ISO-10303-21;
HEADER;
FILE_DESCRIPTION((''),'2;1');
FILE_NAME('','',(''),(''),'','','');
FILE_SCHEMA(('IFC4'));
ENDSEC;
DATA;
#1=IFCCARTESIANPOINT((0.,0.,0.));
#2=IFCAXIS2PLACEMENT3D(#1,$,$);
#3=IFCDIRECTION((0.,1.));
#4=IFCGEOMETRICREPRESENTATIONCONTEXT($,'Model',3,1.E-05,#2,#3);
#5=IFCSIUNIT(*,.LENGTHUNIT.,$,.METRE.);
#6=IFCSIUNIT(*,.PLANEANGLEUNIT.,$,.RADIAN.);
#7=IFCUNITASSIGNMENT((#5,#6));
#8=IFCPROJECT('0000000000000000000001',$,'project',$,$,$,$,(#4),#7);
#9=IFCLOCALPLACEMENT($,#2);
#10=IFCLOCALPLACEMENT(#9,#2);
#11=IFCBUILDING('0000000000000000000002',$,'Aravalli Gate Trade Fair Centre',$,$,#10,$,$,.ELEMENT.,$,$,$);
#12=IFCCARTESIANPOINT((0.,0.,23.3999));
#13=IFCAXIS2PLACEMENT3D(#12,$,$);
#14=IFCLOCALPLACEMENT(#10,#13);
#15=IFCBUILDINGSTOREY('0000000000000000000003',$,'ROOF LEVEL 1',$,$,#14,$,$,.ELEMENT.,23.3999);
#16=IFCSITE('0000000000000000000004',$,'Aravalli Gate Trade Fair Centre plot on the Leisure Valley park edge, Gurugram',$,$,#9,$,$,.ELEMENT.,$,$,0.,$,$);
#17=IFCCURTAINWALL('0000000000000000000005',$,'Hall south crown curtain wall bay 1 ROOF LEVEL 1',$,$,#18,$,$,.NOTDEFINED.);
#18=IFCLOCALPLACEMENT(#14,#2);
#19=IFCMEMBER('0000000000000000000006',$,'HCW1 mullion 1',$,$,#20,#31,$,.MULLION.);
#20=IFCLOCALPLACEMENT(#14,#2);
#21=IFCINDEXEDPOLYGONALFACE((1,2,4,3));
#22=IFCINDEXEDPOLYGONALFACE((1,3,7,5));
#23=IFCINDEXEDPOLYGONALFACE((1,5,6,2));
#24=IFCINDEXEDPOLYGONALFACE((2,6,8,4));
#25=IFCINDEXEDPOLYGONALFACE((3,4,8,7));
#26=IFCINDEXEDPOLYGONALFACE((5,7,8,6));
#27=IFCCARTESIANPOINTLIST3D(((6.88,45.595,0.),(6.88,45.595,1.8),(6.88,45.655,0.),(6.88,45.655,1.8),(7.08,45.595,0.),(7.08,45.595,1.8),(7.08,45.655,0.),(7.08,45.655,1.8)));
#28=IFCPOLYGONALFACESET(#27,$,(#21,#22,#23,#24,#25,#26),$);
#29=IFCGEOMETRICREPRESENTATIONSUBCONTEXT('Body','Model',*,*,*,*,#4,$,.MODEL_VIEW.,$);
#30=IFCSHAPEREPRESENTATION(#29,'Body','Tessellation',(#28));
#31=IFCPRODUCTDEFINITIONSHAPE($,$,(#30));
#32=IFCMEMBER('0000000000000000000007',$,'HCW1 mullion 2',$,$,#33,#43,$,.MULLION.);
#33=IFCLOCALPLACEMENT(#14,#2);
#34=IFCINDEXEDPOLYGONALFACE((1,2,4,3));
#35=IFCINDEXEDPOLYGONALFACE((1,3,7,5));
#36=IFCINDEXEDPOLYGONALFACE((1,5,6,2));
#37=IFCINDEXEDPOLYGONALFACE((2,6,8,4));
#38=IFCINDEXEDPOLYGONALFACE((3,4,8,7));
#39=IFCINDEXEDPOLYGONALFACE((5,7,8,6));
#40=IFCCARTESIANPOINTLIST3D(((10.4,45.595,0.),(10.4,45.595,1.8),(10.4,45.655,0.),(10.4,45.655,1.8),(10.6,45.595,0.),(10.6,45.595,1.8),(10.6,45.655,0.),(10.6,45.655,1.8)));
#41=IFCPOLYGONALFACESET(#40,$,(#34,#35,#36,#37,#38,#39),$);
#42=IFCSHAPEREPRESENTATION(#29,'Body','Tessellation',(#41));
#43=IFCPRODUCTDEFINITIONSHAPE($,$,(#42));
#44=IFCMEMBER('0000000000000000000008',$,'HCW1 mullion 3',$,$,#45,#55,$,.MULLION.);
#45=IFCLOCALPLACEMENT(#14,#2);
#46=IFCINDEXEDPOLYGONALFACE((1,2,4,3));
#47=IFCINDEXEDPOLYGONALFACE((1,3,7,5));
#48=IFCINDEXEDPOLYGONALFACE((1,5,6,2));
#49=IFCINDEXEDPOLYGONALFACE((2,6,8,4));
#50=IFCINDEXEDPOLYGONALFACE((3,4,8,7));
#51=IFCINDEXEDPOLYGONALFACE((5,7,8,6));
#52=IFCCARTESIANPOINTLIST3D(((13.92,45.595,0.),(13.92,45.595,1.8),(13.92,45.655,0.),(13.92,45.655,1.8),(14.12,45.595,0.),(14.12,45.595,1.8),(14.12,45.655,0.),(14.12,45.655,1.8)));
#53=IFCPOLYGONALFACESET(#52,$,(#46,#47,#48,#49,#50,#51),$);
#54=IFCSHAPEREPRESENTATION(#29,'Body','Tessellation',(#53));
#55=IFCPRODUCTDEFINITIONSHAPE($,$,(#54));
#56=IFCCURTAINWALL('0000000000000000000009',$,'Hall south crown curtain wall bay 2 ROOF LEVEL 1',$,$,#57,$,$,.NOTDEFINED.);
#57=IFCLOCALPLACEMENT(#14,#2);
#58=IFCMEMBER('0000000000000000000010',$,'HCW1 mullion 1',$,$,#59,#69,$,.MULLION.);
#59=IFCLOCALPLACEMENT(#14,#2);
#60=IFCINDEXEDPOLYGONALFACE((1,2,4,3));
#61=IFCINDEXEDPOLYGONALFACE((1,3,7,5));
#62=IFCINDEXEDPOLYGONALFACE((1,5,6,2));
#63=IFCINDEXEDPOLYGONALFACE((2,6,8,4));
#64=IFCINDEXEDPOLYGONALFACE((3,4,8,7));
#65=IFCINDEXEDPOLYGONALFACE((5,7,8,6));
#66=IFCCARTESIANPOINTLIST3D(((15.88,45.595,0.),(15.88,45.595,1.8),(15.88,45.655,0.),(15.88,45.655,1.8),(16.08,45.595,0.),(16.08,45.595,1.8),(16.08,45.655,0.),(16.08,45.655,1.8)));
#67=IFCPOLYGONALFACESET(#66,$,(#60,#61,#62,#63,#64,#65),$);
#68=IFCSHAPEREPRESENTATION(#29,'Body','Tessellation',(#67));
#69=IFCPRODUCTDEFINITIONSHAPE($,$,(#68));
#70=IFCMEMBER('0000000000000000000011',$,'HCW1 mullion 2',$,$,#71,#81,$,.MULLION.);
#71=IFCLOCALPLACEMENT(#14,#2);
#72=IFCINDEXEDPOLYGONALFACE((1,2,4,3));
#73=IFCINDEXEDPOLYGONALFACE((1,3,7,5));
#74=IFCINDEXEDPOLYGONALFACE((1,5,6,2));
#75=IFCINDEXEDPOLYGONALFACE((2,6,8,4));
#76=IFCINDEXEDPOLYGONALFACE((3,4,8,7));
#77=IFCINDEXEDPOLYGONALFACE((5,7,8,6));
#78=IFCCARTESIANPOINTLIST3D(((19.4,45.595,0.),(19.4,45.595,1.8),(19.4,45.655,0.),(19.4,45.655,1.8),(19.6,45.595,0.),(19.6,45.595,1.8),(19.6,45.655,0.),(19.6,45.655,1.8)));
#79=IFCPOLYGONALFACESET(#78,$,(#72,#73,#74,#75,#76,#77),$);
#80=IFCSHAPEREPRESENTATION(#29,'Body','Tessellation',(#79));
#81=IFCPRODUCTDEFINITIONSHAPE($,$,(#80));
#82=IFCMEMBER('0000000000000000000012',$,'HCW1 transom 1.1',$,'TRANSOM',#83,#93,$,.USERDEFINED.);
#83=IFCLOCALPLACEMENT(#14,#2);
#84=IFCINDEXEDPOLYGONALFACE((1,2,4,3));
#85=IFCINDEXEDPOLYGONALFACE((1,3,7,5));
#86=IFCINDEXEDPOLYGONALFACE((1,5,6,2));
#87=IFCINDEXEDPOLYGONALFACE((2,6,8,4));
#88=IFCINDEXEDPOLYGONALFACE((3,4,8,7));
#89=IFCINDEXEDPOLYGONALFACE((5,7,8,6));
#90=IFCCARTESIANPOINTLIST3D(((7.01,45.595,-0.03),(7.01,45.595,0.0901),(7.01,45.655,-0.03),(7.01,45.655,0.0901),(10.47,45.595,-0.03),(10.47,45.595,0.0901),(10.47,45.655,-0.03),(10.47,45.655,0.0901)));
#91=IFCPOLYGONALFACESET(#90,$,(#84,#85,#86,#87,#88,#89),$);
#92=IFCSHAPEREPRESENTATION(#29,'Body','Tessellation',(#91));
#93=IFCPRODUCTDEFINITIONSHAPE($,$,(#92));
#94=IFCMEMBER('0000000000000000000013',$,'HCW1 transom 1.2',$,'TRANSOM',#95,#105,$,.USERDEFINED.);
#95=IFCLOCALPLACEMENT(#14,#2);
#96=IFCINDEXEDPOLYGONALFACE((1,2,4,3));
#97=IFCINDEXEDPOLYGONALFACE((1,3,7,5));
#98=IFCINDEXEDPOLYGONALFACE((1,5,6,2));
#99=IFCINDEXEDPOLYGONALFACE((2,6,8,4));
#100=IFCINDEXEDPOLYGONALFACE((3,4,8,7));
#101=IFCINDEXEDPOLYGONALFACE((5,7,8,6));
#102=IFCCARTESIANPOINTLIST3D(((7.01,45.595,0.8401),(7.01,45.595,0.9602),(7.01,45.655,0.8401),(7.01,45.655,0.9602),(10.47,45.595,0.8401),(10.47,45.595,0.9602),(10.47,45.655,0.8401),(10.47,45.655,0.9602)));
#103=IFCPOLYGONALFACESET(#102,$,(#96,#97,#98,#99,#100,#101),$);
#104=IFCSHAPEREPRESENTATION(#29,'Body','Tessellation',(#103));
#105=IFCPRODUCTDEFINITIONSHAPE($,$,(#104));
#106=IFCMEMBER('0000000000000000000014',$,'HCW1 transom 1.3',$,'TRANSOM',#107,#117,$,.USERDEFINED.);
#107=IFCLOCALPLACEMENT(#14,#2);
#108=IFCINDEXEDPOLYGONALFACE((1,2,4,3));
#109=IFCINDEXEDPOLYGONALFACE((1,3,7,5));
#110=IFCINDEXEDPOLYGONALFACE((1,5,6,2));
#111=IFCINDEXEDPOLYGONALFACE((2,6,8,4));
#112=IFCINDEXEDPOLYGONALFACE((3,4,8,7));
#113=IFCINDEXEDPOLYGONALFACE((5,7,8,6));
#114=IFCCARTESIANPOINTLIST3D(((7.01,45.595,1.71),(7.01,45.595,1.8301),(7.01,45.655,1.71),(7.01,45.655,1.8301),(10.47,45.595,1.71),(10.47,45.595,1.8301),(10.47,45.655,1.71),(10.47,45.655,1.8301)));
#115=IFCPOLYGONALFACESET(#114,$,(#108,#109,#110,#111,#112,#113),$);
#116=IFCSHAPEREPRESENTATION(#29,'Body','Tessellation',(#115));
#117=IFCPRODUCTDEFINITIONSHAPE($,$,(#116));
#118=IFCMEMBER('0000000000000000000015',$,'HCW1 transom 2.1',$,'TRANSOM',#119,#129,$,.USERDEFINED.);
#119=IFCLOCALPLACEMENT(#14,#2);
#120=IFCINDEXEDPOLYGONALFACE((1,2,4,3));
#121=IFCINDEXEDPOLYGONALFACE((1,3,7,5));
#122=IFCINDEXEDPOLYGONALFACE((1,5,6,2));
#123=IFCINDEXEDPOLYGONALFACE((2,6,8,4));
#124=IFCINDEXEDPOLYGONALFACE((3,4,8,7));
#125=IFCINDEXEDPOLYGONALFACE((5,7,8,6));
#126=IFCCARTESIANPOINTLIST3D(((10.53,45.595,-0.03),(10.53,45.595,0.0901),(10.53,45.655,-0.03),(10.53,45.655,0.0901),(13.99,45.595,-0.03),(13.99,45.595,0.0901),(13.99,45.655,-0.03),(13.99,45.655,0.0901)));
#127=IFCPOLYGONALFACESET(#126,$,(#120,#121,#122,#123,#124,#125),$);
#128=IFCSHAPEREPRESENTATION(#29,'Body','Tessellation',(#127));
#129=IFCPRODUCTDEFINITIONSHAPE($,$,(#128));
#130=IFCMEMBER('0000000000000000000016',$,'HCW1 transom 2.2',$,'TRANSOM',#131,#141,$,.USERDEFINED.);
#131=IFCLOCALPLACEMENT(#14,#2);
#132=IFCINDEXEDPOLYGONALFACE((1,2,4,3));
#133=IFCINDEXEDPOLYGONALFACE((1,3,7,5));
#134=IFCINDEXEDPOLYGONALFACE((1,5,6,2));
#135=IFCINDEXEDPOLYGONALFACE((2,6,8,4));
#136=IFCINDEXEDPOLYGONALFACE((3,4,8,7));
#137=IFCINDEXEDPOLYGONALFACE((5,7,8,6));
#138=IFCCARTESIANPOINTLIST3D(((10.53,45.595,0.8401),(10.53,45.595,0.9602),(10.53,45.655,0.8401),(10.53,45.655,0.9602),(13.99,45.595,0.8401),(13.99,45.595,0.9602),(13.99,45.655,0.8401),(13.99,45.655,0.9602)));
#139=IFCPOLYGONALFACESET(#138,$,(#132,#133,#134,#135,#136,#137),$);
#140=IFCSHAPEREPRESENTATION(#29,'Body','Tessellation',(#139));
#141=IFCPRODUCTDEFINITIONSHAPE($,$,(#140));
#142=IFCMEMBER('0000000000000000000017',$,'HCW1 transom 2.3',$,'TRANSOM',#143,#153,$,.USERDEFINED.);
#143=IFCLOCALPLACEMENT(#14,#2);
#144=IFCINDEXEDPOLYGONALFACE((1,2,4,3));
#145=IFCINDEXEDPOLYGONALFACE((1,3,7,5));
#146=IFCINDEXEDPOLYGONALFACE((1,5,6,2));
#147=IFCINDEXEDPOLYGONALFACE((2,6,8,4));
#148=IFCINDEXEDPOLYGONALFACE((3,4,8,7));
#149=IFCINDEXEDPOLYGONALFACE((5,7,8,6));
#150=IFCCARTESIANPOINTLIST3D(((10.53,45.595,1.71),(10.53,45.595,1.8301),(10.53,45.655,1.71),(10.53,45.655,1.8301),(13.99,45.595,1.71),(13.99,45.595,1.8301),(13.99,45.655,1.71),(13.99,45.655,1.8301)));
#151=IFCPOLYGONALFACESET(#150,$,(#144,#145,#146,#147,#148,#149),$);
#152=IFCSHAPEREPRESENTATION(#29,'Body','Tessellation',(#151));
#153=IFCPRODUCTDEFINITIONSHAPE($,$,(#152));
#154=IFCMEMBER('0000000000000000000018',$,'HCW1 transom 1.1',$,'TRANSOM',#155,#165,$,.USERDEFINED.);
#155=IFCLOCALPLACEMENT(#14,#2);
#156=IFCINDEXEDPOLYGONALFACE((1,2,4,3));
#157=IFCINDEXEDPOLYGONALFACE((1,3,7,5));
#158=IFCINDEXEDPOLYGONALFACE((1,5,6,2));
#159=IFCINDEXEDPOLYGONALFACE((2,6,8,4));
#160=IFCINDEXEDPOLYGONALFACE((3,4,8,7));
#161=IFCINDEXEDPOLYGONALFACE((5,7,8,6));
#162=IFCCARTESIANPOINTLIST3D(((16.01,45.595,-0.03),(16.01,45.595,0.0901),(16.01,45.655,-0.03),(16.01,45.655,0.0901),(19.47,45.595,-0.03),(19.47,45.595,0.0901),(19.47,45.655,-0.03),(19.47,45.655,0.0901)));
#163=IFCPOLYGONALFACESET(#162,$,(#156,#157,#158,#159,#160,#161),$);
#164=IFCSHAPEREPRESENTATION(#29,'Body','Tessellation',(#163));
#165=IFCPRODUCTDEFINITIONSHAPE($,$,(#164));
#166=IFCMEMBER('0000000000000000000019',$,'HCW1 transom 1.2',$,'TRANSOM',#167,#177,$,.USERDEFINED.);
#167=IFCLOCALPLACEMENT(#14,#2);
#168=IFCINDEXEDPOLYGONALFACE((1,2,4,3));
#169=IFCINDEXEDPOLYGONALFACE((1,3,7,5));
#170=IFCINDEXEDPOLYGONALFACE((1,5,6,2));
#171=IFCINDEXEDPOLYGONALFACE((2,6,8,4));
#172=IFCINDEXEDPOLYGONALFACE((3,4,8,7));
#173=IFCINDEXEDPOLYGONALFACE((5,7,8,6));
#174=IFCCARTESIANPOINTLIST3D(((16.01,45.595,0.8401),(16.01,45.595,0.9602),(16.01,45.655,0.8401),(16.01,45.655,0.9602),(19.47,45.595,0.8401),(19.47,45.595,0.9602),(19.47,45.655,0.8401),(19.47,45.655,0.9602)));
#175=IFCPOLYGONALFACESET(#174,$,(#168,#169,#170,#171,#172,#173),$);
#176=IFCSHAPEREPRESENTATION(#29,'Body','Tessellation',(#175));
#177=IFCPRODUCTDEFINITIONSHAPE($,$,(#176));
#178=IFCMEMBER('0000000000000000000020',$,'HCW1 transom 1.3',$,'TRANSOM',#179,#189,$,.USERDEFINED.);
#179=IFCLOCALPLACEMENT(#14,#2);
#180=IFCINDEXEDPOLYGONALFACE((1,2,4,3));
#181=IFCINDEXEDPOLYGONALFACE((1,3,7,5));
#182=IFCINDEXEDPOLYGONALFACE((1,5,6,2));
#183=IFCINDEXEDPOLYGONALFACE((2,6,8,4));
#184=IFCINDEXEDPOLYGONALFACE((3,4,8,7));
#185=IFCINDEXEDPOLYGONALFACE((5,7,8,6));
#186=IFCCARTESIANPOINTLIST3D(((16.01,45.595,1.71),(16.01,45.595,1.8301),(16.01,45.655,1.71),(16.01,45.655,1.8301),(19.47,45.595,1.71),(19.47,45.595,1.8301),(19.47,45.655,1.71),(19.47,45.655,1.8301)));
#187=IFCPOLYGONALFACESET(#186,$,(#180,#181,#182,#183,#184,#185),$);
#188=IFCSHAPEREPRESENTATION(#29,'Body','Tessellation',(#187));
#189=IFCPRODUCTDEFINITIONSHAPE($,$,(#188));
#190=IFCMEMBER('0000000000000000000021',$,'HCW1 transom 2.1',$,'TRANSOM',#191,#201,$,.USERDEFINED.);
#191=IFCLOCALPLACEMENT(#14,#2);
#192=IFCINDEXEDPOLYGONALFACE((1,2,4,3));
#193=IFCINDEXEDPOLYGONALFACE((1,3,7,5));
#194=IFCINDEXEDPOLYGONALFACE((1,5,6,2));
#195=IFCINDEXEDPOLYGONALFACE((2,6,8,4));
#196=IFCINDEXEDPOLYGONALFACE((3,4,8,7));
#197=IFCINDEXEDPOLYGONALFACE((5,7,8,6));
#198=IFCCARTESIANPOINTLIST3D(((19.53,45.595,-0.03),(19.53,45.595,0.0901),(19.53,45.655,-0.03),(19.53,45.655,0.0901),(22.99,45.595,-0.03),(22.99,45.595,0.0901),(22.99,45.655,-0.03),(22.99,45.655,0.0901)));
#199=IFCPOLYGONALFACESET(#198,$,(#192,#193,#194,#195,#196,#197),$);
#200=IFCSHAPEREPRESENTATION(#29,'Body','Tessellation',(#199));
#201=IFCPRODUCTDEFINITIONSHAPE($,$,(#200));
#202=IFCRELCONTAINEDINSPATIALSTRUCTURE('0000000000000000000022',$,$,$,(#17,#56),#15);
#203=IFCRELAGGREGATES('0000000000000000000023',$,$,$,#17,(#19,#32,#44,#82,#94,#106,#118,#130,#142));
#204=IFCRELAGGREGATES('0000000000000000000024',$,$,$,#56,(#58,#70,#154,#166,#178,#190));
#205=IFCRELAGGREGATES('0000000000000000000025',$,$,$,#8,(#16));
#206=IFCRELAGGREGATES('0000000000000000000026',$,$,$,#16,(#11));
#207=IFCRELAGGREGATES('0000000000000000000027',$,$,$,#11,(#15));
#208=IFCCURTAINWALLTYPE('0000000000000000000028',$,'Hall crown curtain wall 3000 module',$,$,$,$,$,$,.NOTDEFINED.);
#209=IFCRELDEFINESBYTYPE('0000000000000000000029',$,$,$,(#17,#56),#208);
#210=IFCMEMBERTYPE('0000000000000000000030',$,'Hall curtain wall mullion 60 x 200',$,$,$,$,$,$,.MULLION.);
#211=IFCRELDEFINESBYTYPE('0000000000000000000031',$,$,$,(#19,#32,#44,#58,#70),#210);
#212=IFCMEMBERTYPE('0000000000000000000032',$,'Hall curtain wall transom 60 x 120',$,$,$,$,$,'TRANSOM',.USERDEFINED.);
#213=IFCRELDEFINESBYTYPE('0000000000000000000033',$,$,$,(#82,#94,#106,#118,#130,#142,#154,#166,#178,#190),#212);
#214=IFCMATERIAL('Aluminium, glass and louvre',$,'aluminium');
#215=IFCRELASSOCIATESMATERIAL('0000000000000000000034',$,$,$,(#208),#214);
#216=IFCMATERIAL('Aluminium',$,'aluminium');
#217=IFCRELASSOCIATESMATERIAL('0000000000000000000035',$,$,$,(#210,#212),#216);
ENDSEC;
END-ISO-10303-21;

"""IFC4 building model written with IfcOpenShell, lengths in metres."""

from ifc_helpers import new_model, si_unit, direction, frame, origin, origin_2d, place, context, subcontext, project, spatial, rectangle, extrude, material, material_profile, profile_set, type_object, element, aggregate, save


model = new_model("IFC4")

# Units and contexts
model_context = context("Model", 3, precision=1e-05, world=origin(), true_north=direction((0.0, 1.0)))
body_context = subcontext(model_context, "Body", "Model", "MODEL_VIEW")
ifc_project = project(units=[si_unit("LENGTHUNIT", "METRE"), si_unit("PLANEANGLEUNIT", "RADIAN")], contexts=[model_context])

# Site, building, storey
site_placement = place(None, origin())
site = spatial("IfcSite", under=ifc_project, at=site_placement, Name="Aravalli Gate Trade Fair Centre plot on the Leisure Valley park edge, Gurugram", CompositionType="ELEMENT", RefElevation=0.0)
building_placement = place(site_placement, origin())
building = spatial("IfcBuilding", under=site, at=building_placement, Name="Aravalli Gate Trade Fair Centre", CompositionType="ELEMENT")
storey_placement = place(building_placement, frame((0.0, 0.0, 23.3999)))
storey = spatial("IfcBuildingStorey", under=building, at=storey_placement, Name="ROOF LEVEL 1", CompositionType="ELEMENT", Elevation=23.3999)

# Curtain walls, members
ifc_material_1 = material(Name="Aluminium, glass and louvre", Category="aluminium")
curtain_wall_type = type_object("IfcCurtainWallType", Name="Hall crown curtain wall 3000 module", PredefinedType="NOTDEFINED", material=ifc_material_1)
curtain_wall_1_placement = place(storey_placement, origin())
curtain_wall_1 = element("IfcCurtainWall", 1, at=curtain_wall_1_placement, inside=storey, type_object=curtain_wall_type, Name="Hall south crown curtain wall bay 1 ROOF LEVEL 1", PredefinedType="NOTDEFINED")
ifc_material_2 = material(Name="Aluminium", Category="aluminium")
ifc_material_profile_1 = material_profile(ifc_material_2, rectangle(XDim=0.0601, YDim=0.2, at=origin_2d()), Name="Hall curtain wall mullion 60 x 200")
ifc_profile_set_1 = profile_set([ifc_material_profile_1], Name="Aluminium")
member_type_1 = type_object("IfcMemberType", Name="Hall curtain wall mullion 60 x 200", PredefinedType="MULLION", material=ifc_profile_set_1)
member_1_placement = place(storey_placement, frame((6.98, 45.625, 0.0), z_axis=(0.0, 0.0, 1.0), x_axis=(0.0, 1.0, 0.0)))
member_1 = element("IfcMember", 2, at=member_1_placement, type_object=member_type_1, Name="HCW1 mullion 1", PredefinedType="MULLION", context=body_context, shape_type="SweptSolid", body=[
    extrude(rectangle(XDim=0.0601, YDim=0.2, at=origin_2d()), origin(), (0.0, 0.0, 1.0), 1.8),
])
member_2_placement = place(storey_placement, frame((10.5, 45.625, 0.0), z_axis=(0.0, 0.0, 1.0), x_axis=(0.0, 1.0, 0.0)))
member_2 = element("IfcMember", 3, at=member_2_placement, type_object=member_type_1, Name="HCW1 mullion 2", PredefinedType="MULLION", context=body_context, shape_type="SweptSolid", body=[
    extrude(rectangle(XDim=0.0601, YDim=0.2, at=origin_2d()), origin(), (0.0, 0.0, 1.0), 1.8),
])
member_3_placement = place(storey_placement, frame((14.02, 45.625, 0.0), z_axis=(0.0, 0.0, 1.0), x_axis=(0.0, 1.0, 0.0)))
member_3 = element("IfcMember", 4, at=member_3_placement, type_object=member_type_1, Name="HCW1 mullion 3", PredefinedType="MULLION", context=body_context, shape_type="SweptSolid", body=[
    extrude(rectangle(XDim=0.0601, YDim=0.2, at=origin_2d()), origin(), (0.0, 0.0, 1.0), 1.8),
])
curtain_wall_2_placement = place(storey_placement, origin())
curtain_wall_2 = element("IfcCurtainWall", 5, at=curtain_wall_2_placement, inside=storey, type_object=curtain_wall_type, Name="Hall south crown curtain wall bay 2 ROOF LEVEL 1", PredefinedType="NOTDEFINED")
member_4_placement = place(storey_placement, frame((15.98, 45.625, 0.0), z_axis=(0.0, 0.0, 1.0), x_axis=(0.0, 1.0, 0.0)))
member_4 = element("IfcMember", 6, at=member_4_placement, type_object=member_type_1, Name="HCW1 mullion 1", PredefinedType="MULLION", context=body_context, shape_type="SweptSolid", body=[
    extrude(rectangle(XDim=0.0601, YDim=0.2, at=origin_2d()), origin(), (0.0, 0.0, 1.0), 1.8),
])
member_5_placement = place(storey_placement, frame((19.5, 45.625, 0.0), z_axis=(0.0, 0.0, 1.0), x_axis=(0.0, 1.0, 0.0)))
member_5 = element("IfcMember", 7, at=member_5_placement, type_object=member_type_1, Name="HCW1 mullion 2", PredefinedType="MULLION", context=body_context, shape_type="SweptSolid", body=[
    extrude(rectangle(XDim=0.0601, YDim=0.2, at=origin_2d()), origin(), (0.0, 0.0, 1.0), 1.8),
])

# Members
ifc_material_profile_2 = material_profile(ifc_material_2, rectangle(XDim=0.0601, YDim=0.1201, at=origin_2d()), Name="Hall curtain wall transom 60 x 120")
ifc_profile_set_2 = profile_set([ifc_material_profile_2], Name="Aluminium")
member_type_2 = type_object("IfcMemberType", Name="Hall curtain wall transom 60 x 120", ElementType="TRANSOM", PredefinedType="USERDEFINED", material=ifc_profile_set_2)
member_6_placement = place(storey_placement, frame((7.01, 45.625, 0.03), z_axis=(1.0, 0.0, 0.0), x_axis=(0.0, 1.0, 0.0)))
member_6 = element("IfcMember", 8, at=member_6_placement, type_object=member_type_2, Name="HCW1 transom 1.1", ObjectType="TRANSOM", PredefinedType="USERDEFINED", context=body_context, shape_type="SweptSolid", body=[
    extrude(rectangle(XDim=0.0601, YDim=0.1201, at=origin_2d()), origin(), (0.0, 0.0, 1.0), 3.46),
])
member_7_placement = place(storey_placement, frame((7.01, 45.625, 0.9001), z_axis=(1.0, 0.0, 0.0), x_axis=(0.0, 1.0, 0.0)))
member_7 = element("IfcMember", 9, at=member_7_placement, type_object=member_type_2, Name="HCW1 transom 1.2", ObjectType="TRANSOM", PredefinedType="USERDEFINED", context=body_context, shape_type="SweptSolid", body=[
    extrude(rectangle(XDim=0.0601, YDim=0.1201, at=origin_2d()), origin(), (0.0, 0.0, 1.0), 3.46),
])
member_8_placement = place(storey_placement, frame((7.01, 45.625, 1.77), z_axis=(1.0, 0.0, 0.0), x_axis=(0.0, 1.0, 0.0)))
member_8 = element("IfcMember", 10, at=member_8_placement, type_object=member_type_2, Name="HCW1 transom 1.3", ObjectType="TRANSOM", PredefinedType="USERDEFINED", context=body_context, shape_type="SweptSolid", body=[
    extrude(rectangle(XDim=0.0601, YDim=0.1201, at=origin_2d()), origin(), (0.0, 0.0, 1.0), 3.46),
])
member_9_placement = place(storey_placement, frame((10.53, 45.625, 0.03), z_axis=(1.0, 0.0, 0.0), x_axis=(0.0, 1.0, 0.0)))
member_9 = element("IfcMember", 11, at=member_9_placement, type_object=member_type_2, Name="HCW1 transom 2.1", ObjectType="TRANSOM", PredefinedType="USERDEFINED", context=body_context, shape_type="SweptSolid", body=[
    extrude(rectangle(XDim=0.0601, YDim=0.1201, at=origin_2d()), origin(), (0.0, 0.0, 1.0), 3.46),
])
member_10_placement = place(storey_placement, frame((10.53, 45.625, 0.9001), z_axis=(1.0, 0.0, 0.0), x_axis=(0.0, 1.0, 0.0)))
member_10 = element("IfcMember", 12, at=member_10_placement, type_object=member_type_2, Name="HCW1 transom 2.2", ObjectType="TRANSOM", PredefinedType="USERDEFINED", context=body_context, shape_type="SweptSolid", body=[
    extrude(rectangle(XDim=0.0601, YDim=0.1201, at=origin_2d()), origin(), (0.0, 0.0, 1.0), 3.46),
])
member_11_placement = place(storey_placement, frame((10.53, 45.625, 1.77), z_axis=(1.0, 0.0, 0.0), x_axis=(0.0, 1.0, 0.0)))
member_11 = element("IfcMember", 13, at=member_11_placement, type_object=member_type_2, Name="HCW1 transom 2.3", ObjectType="TRANSOM", PredefinedType="USERDEFINED", context=body_context, shape_type="SweptSolid", body=[
    extrude(rectangle(XDim=0.0601, YDim=0.1201, at=origin_2d()), origin(), (0.0, 0.0, 1.0), 3.46),
])
member_12_placement = place(storey_placement, frame((16.01, 45.625, 0.03), z_axis=(1.0, 0.0, 0.0), x_axis=(0.0, 1.0, 0.0)))
member_12 = element("IfcMember", 14, at=member_12_placement, type_object=member_type_2, Name="HCW1 transom 1.1", ObjectType="TRANSOM", PredefinedType="USERDEFINED", context=body_context, shape_type="SweptSolid", body=[
    extrude(rectangle(XDim=0.0601, YDim=0.1201, at=origin_2d()), origin(), (0.0, 0.0, 1.0), 3.46),
])
member_13_placement = place(storey_placement, frame((16.01, 45.625, 0.9001), z_axis=(1.0, 0.0, 0.0), x_axis=(0.0, 1.0, 0.0)))
member_13 = element("IfcMember", 15, at=member_13_placement, type_object=member_type_2, Name="HCW1 transom 1.2", ObjectType="TRANSOM", PredefinedType="USERDEFINED", context=body_context, shape_type="SweptSolid", body=[
    extrude(rectangle(XDim=0.0601, YDim=0.1201, at=origin_2d()), origin(), (0.0, 0.0, 1.0), 3.46),
])
member_14_placement = place(storey_placement, frame((16.01, 45.625, 1.77), z_axis=(1.0, 0.0, 0.0), x_axis=(0.0, 1.0, 0.0)))
member_14 = element("IfcMember", 16, at=member_14_placement, type_object=member_type_2, Name="HCW1 transom 1.3", ObjectType="TRANSOM", PredefinedType="USERDEFINED", context=body_context, shape_type="SweptSolid", body=[
    extrude(rectangle(XDim=0.0601, YDim=0.1201, at=origin_2d()), origin(), (0.0, 0.0, 1.0), 3.46),
])
member_15_placement = place(storey_placement, frame((19.53, 45.625, 0.03), z_axis=(1.0, 0.0, 0.0), x_axis=(0.0, 1.0, 0.0)))
member_15 = element("IfcMember", 17, at=member_15_placement, type_object=member_type_2, Name="HCW1 transom 2.1", ObjectType="TRANSOM", PredefinedType="USERDEFINED", context=body_context, shape_type="SweptSolid", body=[
    extrude(rectangle(XDim=0.0601, YDim=0.1201, at=origin_2d()), origin(), (0.0, 0.0, 1.0), 3.46),
])

aggregate(curtain_wall_1, [member_1, member_2, member_3, member_6, member_7, member_8, member_9, member_10, member_11])
aggregate(curtain_wall_2, [member_4, member_5, member_12, member_13, member_14, member_15])

save(model, "model.ifc")
